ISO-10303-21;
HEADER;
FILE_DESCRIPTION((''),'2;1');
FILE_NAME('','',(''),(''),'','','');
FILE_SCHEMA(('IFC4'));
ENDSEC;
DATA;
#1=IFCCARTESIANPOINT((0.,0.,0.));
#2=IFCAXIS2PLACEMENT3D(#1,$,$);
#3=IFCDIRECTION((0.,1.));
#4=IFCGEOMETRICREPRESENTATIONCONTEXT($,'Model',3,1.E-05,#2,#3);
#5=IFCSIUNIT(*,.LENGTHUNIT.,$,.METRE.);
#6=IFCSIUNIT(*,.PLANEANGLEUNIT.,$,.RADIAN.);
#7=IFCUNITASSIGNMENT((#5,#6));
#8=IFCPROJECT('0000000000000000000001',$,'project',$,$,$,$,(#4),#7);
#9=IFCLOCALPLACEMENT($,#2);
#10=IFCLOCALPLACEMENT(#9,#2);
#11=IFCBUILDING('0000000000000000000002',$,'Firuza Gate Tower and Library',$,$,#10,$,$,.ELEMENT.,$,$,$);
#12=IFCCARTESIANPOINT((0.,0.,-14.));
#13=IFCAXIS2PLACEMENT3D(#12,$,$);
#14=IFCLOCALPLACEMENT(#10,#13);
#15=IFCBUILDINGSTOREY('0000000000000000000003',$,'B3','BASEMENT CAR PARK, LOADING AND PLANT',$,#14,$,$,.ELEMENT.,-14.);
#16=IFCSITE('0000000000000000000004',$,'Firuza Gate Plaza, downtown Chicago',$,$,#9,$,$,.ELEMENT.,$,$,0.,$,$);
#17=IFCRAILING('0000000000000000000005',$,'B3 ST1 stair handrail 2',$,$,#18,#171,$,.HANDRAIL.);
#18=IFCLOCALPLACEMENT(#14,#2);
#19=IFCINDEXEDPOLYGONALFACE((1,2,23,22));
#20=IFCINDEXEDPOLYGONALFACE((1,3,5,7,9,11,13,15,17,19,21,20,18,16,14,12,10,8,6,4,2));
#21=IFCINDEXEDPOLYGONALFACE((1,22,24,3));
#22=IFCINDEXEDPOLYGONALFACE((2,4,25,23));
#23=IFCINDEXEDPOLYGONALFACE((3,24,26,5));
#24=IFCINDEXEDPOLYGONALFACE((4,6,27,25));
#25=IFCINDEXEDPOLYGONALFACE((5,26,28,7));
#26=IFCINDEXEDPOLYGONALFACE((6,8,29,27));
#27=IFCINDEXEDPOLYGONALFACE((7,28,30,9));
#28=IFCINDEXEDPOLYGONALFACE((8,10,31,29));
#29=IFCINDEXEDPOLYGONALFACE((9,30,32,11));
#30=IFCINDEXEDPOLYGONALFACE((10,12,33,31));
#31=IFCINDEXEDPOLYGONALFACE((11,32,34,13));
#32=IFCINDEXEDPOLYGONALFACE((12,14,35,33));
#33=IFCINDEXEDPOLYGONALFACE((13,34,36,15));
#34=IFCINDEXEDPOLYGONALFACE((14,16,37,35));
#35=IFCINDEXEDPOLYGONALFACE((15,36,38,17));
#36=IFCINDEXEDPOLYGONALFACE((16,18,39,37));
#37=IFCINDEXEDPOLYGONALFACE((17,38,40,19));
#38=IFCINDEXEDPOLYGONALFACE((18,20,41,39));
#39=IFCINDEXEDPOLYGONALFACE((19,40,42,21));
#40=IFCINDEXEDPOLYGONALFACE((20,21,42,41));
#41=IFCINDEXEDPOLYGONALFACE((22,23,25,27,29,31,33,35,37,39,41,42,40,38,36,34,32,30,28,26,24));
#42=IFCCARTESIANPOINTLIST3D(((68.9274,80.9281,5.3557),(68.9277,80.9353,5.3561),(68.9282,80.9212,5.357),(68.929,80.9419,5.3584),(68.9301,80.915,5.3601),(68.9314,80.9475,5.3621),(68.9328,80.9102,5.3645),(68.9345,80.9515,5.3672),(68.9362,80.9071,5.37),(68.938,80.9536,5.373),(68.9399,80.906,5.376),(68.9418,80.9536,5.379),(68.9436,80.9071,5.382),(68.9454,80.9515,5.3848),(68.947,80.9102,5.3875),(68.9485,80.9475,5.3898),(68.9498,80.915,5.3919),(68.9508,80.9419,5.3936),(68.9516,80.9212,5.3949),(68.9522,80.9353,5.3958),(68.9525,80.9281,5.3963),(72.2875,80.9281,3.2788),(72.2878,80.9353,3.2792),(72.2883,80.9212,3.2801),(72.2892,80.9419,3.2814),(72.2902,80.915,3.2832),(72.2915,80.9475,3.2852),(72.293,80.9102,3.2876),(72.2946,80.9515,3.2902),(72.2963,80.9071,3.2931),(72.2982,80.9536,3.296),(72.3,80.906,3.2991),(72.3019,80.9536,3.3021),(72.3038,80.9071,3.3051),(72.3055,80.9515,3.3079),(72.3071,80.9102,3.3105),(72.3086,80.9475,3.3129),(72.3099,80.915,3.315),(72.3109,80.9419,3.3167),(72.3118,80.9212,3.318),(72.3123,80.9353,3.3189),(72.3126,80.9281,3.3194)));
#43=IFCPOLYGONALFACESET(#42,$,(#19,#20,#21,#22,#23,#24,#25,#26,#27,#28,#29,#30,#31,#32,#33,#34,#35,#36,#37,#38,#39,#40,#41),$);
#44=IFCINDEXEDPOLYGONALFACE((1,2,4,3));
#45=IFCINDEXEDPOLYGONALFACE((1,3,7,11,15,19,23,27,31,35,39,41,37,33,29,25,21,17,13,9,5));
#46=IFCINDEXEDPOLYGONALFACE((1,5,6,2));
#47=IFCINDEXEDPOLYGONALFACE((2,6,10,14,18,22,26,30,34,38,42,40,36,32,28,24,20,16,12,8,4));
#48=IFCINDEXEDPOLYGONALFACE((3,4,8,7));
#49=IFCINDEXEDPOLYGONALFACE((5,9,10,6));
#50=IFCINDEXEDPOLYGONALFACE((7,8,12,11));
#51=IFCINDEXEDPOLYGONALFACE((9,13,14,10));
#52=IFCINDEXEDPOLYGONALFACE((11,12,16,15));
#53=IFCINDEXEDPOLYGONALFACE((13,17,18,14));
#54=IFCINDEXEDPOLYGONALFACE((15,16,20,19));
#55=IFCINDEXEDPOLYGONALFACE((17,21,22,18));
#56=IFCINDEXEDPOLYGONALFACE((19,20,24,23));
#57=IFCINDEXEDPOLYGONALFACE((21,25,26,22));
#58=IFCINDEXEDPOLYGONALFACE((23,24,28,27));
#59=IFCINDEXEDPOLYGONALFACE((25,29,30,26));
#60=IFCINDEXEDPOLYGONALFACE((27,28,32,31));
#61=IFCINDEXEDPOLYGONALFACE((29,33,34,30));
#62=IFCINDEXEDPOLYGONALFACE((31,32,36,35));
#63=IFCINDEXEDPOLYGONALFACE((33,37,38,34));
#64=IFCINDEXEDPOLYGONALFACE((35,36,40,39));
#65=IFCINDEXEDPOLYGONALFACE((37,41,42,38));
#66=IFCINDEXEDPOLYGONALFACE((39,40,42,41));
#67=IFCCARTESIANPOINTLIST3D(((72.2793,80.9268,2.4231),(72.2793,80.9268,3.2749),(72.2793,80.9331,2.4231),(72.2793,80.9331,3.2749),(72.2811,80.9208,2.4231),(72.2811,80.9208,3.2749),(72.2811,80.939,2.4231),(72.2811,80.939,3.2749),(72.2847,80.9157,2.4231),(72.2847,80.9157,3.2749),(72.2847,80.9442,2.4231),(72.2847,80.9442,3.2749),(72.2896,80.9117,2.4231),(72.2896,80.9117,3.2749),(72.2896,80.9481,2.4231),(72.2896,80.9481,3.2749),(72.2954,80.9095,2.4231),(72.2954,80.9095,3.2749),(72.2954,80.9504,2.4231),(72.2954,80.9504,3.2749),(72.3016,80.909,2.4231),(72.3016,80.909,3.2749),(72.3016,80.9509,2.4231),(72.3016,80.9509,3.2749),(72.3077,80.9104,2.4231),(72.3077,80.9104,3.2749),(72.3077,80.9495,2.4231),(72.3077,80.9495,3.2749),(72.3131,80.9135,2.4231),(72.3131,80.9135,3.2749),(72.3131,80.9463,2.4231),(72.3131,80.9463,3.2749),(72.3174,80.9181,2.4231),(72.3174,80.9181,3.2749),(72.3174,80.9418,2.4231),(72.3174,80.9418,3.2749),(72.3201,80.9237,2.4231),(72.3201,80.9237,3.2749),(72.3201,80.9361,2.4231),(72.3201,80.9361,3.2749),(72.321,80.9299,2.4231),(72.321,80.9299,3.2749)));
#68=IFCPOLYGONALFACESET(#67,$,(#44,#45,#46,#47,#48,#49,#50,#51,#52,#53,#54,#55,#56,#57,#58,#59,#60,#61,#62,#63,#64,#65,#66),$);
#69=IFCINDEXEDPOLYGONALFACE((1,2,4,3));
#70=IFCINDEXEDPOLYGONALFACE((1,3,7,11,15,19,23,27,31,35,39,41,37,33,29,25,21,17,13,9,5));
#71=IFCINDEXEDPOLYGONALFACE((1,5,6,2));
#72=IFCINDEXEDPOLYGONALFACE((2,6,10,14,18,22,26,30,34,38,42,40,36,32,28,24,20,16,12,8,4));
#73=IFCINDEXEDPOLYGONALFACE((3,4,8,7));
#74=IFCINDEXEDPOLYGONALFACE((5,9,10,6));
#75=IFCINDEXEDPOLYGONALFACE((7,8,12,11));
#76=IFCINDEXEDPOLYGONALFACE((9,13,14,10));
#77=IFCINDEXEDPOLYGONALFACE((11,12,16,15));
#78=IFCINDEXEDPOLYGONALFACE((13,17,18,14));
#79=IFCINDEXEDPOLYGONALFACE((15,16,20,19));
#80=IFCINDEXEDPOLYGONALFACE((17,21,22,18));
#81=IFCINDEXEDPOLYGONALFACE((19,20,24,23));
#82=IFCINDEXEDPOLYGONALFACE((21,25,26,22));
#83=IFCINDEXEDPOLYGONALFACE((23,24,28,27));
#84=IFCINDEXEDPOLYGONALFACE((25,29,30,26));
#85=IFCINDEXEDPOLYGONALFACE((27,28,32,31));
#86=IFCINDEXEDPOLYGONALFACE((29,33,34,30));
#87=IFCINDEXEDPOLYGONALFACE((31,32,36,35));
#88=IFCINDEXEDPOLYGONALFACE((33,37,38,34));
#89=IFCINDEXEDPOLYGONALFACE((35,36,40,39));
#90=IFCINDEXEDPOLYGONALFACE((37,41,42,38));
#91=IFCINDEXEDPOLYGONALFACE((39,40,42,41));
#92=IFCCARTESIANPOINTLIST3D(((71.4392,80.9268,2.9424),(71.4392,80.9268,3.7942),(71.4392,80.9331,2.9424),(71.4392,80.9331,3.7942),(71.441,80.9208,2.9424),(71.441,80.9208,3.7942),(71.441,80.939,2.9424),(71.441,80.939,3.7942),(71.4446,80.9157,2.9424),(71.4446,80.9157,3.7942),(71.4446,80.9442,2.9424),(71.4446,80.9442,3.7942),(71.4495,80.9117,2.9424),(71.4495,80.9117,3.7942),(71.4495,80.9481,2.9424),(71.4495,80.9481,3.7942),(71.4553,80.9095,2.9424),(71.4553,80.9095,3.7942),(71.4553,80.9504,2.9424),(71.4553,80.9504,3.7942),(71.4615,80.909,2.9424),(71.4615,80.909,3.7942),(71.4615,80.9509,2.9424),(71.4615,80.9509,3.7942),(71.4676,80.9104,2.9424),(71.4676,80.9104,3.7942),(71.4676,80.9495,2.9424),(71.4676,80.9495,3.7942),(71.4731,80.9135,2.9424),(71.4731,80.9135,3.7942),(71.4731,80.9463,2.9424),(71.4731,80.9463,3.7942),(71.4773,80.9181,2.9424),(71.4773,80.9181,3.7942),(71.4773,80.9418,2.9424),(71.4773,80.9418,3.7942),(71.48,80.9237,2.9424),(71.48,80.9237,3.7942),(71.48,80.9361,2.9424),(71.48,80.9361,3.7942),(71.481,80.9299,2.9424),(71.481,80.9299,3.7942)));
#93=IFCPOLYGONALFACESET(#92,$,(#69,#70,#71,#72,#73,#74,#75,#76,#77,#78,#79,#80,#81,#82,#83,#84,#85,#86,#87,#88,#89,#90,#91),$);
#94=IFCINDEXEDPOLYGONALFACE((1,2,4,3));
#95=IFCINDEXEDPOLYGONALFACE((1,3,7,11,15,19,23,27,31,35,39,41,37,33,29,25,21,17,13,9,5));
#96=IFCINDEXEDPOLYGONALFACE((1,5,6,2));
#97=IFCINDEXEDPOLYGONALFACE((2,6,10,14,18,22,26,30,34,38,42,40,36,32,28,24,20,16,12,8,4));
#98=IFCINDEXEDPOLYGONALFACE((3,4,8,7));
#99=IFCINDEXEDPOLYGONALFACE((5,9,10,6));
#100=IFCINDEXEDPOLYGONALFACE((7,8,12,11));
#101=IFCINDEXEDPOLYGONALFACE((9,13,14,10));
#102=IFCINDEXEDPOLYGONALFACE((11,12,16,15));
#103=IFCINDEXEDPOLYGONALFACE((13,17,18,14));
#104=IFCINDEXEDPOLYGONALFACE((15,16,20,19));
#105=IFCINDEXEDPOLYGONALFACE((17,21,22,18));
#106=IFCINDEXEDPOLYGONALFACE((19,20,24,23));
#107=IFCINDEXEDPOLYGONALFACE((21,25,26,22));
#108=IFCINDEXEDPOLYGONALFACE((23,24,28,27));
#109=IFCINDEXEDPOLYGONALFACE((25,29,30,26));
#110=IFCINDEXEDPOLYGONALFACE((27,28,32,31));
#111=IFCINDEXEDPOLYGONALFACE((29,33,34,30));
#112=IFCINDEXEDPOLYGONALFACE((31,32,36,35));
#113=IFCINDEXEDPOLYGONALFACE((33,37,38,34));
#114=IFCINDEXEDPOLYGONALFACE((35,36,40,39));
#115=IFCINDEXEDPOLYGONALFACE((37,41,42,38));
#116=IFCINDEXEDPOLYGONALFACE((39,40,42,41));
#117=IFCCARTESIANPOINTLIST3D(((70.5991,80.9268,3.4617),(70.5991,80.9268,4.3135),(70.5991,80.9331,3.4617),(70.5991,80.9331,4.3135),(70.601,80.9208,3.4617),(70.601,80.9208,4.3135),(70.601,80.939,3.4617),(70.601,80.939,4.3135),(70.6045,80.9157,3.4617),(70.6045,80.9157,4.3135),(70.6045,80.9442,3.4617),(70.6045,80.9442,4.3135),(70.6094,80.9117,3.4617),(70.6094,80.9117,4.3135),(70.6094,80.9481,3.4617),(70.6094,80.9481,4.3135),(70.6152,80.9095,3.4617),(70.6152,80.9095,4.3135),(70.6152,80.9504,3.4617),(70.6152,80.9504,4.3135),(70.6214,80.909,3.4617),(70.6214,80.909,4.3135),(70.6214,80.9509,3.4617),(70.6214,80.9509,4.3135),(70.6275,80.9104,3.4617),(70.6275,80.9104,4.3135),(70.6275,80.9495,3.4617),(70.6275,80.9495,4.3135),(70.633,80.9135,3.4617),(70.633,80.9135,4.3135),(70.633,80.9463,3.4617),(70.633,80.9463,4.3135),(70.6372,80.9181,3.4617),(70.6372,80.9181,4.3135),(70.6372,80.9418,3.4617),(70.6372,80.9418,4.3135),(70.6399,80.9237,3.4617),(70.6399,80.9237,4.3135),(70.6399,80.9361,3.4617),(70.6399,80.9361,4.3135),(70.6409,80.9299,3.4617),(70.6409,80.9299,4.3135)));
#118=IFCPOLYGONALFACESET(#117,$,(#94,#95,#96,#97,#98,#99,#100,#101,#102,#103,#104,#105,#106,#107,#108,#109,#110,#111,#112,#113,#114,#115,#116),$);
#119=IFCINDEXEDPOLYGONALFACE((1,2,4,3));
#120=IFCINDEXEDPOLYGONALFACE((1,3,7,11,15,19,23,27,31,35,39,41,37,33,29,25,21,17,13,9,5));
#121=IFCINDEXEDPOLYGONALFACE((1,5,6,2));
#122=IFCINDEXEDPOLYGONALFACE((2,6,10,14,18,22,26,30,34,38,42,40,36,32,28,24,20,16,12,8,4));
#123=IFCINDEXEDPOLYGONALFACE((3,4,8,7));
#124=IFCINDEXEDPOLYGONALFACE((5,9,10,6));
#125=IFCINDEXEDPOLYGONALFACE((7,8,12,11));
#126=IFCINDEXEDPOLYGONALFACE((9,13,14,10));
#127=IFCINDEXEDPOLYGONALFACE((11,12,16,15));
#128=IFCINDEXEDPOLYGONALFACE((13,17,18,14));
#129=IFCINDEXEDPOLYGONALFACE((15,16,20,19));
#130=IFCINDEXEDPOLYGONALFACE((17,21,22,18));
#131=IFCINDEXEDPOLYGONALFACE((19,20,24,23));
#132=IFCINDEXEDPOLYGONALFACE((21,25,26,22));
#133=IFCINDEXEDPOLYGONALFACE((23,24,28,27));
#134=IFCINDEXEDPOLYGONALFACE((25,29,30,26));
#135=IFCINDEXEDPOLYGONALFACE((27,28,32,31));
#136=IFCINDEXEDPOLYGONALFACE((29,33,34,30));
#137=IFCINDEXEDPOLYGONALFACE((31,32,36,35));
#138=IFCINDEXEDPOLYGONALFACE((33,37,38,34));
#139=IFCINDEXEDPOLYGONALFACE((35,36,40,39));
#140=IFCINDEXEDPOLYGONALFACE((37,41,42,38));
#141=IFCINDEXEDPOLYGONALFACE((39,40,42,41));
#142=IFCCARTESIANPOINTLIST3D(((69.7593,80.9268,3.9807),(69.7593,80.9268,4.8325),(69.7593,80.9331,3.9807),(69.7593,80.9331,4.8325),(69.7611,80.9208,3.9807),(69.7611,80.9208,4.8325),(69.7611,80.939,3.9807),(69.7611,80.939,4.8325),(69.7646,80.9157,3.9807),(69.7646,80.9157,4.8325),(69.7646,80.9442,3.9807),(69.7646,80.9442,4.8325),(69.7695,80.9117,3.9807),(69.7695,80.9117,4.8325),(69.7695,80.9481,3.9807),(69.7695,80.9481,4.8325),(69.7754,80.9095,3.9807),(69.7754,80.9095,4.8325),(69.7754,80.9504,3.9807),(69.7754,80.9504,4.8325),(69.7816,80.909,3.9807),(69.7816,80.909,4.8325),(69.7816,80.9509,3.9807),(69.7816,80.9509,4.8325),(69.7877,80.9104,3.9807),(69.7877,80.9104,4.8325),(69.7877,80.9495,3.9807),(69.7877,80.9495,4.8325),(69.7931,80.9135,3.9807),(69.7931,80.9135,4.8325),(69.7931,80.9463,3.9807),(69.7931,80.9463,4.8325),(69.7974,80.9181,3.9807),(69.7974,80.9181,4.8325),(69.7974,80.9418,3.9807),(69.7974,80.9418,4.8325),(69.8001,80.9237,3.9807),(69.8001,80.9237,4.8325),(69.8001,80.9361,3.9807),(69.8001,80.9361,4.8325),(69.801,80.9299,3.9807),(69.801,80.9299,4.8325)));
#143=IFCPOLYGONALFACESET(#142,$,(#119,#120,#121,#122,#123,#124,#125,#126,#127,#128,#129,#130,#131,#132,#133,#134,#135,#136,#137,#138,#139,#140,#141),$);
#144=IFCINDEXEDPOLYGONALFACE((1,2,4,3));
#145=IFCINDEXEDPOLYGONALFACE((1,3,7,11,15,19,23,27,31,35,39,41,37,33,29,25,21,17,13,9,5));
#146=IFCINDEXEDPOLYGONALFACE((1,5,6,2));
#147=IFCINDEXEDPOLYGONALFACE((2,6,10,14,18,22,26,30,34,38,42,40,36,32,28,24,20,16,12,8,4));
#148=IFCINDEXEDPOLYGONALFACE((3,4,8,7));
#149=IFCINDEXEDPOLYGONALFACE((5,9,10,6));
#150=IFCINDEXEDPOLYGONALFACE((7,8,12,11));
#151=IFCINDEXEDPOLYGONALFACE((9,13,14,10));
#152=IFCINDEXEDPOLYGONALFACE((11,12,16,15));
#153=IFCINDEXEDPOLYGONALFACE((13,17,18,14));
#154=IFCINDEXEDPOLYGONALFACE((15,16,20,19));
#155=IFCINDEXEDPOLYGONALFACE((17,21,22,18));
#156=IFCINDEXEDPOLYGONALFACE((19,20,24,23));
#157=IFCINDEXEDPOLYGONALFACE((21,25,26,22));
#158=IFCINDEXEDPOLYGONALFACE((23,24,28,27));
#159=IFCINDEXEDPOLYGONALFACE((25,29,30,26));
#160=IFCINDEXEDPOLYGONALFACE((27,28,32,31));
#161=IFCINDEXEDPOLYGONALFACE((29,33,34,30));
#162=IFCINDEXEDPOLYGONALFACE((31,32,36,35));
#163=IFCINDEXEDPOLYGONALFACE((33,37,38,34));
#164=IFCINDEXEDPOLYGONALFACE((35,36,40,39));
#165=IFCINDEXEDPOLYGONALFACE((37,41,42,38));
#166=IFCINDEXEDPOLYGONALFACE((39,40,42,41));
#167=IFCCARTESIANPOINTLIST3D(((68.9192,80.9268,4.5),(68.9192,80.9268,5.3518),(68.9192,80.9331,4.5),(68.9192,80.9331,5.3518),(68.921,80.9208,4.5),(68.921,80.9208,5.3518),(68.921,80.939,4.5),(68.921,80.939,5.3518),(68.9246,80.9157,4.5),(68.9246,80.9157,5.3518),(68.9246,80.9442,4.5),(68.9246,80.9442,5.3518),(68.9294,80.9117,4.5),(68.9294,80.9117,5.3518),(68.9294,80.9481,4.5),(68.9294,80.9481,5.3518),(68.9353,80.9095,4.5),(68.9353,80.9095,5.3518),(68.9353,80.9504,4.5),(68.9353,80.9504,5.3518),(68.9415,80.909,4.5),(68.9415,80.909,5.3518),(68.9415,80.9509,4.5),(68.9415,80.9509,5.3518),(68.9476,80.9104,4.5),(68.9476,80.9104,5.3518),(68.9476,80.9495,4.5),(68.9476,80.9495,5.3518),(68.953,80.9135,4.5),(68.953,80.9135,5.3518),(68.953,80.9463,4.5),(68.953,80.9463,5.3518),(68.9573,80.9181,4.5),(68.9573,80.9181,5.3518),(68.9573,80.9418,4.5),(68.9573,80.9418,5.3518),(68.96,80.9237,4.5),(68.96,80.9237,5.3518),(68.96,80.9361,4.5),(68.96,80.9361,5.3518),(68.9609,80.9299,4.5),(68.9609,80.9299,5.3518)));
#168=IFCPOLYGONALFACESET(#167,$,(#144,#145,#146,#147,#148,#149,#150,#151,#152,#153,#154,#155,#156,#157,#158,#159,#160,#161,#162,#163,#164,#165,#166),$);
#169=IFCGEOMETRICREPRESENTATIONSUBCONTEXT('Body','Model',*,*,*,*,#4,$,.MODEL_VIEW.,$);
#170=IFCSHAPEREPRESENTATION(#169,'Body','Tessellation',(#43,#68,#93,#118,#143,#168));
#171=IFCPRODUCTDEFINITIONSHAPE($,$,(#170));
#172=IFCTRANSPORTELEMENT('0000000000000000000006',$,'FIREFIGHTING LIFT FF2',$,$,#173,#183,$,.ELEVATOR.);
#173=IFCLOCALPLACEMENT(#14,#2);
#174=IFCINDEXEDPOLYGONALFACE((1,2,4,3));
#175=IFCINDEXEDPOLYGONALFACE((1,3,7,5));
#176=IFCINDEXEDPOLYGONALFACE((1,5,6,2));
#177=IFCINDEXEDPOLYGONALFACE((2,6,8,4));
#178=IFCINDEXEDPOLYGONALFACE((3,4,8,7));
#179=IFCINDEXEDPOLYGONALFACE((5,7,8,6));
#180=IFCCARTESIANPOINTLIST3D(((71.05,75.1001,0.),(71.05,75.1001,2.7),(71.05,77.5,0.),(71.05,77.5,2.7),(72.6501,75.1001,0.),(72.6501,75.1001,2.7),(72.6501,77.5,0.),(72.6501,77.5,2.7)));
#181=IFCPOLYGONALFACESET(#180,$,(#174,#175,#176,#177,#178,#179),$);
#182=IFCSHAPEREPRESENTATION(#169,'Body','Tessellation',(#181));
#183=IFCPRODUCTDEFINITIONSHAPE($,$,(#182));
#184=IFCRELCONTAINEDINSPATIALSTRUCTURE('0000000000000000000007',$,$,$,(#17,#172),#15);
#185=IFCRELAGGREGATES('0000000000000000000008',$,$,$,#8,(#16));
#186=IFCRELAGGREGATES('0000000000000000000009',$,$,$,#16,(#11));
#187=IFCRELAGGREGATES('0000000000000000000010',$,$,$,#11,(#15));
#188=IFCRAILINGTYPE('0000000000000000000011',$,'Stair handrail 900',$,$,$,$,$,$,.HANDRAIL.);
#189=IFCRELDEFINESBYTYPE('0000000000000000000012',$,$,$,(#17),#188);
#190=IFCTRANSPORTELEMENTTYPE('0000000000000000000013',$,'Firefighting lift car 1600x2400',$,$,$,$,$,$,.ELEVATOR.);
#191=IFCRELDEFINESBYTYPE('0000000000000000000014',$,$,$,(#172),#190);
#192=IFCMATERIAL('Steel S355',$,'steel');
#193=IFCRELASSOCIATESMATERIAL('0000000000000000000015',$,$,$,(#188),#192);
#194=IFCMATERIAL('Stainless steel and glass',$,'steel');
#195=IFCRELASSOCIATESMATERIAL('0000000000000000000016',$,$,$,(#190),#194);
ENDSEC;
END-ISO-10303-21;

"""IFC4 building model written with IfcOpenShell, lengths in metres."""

from ifc_helpers import new_model, si_unit, direction, frame, origin, origin_2d, place, context, subcontext, project, spatial, rectangle, circle, extrude, material, type_object, element, save


model = new_model("IFC4")

# Units and contexts
model_context = context("Model", 3, precision=1e-05, world=origin(), true_north=direction((0.0, 1.0)))
body_context = subcontext(model_context, "Body", "Model", "MODEL_VIEW")
ifc_project = project(units=[si_unit("LENGTHUNIT", "METRE"), si_unit("PLANEANGLEUNIT", "RADIAN")], contexts=[model_context])

# Site, building, storey
site_placement = place(None, origin())
site = spatial("IfcSite", under=ifc_project, at=site_placement, Name="Firuza Gate Plaza, downtown Chicago", CompositionType="ELEMENT", RefElevation=0.0)
building_placement = place(site_placement, origin())
building = spatial("IfcBuilding", under=site, at=building_placement, Name="Firuza Gate Tower and Library", CompositionType="ELEMENT")
storey_placement = place(building_placement, frame((0.0, 0.0, -14.0)))
storey = spatial("IfcBuildingStorey", under=building, at=storey_placement, Name="B3", Description="BASEMENT CAR PARK, LOADING AND PLANT", CompositionType="ELEMENT", Elevation=-14.0)

# Railing
ifc_material_1 = material(Name="Steel S355", Category="steel")
railing_type_1 = type_object("IfcRailingType", Name="Stair handrail 900", PredefinedType="HANDRAIL", material=ifc_material_1)
railing_1_placement = place(storey_placement, frame((72.3, 80.9299, 2.4231)))
element("IfcRailing", 1, at=railing_1_placement, inside=storey, type_object=railing_type_1, Name="B3 ST1 stair handrail 2", PredefinedType="HANDRAIL", context=body_context, shape_type="SweptSolid", body=[
    extrude(circle(Radius=0.0239, at=origin_2d()), frame((0.0, 0.0, 0.876), z_axis=(-0.850623, 0.0, 0.525776), x_axis=(0.0, -1.0, 0.0)), (0.0, 0.0, 1.0), 3.9502),
    extrude(circle(Radius=0.021, at=origin_2d()), origin(), (0.0, 0.0, 1.0), 0.8518),
    extrude(circle(Radius=0.021, at=origin_2d()), frame((-0.8401, 0.0, 0.5193)), (0.0, 0.0, 1.0), 0.8518),
    extrude(circle(Radius=0.021, at=origin_2d()), frame((-1.6802, 0.0, 1.0386)), (0.0, 0.0, 1.0), 0.8518),
    extrude(circle(Radius=0.021, at=origin_2d()), frame((-2.52, 0.0, 1.5576)), (0.0, 0.0, 1.0), 0.8518),
    extrude(circle(Radius=0.021, at=origin_2d()), frame((-3.3601, 0.0, 2.0769)), (0.0, 0.0, 1.0), 0.8518),
])

# Transport element
ifc_material_2 = material(Name="Stainless steel and glass", Category="steel")
transport_element_type = type_object("IfcTransportElementType", Name="Firefighting lift car 1600x2400", PredefinedType="ELEVATOR", material=ifc_material_2)
transport_element_placement = place(storey_placement, frame((71.8501, 76.3, 0.0), z_axis=(0.0, 0.0, 1.0), x_axis=(1.0, 0.0, 0.0)))
element("IfcTransportElement", 2, at=transport_element_placement, inside=storey, type_object=transport_element_type, Name="FIREFIGHTING LIFT FF2", PredefinedType="ELEVATOR", context=body_context, shape_type="SweptSolid", body=[
    extrude(rectangle(XDim=1.6001, YDim=2.3999, at=origin_2d()), origin(), (0.0, 0.0, 1.0), 2.7),
])

save(model, "model.ifc")
